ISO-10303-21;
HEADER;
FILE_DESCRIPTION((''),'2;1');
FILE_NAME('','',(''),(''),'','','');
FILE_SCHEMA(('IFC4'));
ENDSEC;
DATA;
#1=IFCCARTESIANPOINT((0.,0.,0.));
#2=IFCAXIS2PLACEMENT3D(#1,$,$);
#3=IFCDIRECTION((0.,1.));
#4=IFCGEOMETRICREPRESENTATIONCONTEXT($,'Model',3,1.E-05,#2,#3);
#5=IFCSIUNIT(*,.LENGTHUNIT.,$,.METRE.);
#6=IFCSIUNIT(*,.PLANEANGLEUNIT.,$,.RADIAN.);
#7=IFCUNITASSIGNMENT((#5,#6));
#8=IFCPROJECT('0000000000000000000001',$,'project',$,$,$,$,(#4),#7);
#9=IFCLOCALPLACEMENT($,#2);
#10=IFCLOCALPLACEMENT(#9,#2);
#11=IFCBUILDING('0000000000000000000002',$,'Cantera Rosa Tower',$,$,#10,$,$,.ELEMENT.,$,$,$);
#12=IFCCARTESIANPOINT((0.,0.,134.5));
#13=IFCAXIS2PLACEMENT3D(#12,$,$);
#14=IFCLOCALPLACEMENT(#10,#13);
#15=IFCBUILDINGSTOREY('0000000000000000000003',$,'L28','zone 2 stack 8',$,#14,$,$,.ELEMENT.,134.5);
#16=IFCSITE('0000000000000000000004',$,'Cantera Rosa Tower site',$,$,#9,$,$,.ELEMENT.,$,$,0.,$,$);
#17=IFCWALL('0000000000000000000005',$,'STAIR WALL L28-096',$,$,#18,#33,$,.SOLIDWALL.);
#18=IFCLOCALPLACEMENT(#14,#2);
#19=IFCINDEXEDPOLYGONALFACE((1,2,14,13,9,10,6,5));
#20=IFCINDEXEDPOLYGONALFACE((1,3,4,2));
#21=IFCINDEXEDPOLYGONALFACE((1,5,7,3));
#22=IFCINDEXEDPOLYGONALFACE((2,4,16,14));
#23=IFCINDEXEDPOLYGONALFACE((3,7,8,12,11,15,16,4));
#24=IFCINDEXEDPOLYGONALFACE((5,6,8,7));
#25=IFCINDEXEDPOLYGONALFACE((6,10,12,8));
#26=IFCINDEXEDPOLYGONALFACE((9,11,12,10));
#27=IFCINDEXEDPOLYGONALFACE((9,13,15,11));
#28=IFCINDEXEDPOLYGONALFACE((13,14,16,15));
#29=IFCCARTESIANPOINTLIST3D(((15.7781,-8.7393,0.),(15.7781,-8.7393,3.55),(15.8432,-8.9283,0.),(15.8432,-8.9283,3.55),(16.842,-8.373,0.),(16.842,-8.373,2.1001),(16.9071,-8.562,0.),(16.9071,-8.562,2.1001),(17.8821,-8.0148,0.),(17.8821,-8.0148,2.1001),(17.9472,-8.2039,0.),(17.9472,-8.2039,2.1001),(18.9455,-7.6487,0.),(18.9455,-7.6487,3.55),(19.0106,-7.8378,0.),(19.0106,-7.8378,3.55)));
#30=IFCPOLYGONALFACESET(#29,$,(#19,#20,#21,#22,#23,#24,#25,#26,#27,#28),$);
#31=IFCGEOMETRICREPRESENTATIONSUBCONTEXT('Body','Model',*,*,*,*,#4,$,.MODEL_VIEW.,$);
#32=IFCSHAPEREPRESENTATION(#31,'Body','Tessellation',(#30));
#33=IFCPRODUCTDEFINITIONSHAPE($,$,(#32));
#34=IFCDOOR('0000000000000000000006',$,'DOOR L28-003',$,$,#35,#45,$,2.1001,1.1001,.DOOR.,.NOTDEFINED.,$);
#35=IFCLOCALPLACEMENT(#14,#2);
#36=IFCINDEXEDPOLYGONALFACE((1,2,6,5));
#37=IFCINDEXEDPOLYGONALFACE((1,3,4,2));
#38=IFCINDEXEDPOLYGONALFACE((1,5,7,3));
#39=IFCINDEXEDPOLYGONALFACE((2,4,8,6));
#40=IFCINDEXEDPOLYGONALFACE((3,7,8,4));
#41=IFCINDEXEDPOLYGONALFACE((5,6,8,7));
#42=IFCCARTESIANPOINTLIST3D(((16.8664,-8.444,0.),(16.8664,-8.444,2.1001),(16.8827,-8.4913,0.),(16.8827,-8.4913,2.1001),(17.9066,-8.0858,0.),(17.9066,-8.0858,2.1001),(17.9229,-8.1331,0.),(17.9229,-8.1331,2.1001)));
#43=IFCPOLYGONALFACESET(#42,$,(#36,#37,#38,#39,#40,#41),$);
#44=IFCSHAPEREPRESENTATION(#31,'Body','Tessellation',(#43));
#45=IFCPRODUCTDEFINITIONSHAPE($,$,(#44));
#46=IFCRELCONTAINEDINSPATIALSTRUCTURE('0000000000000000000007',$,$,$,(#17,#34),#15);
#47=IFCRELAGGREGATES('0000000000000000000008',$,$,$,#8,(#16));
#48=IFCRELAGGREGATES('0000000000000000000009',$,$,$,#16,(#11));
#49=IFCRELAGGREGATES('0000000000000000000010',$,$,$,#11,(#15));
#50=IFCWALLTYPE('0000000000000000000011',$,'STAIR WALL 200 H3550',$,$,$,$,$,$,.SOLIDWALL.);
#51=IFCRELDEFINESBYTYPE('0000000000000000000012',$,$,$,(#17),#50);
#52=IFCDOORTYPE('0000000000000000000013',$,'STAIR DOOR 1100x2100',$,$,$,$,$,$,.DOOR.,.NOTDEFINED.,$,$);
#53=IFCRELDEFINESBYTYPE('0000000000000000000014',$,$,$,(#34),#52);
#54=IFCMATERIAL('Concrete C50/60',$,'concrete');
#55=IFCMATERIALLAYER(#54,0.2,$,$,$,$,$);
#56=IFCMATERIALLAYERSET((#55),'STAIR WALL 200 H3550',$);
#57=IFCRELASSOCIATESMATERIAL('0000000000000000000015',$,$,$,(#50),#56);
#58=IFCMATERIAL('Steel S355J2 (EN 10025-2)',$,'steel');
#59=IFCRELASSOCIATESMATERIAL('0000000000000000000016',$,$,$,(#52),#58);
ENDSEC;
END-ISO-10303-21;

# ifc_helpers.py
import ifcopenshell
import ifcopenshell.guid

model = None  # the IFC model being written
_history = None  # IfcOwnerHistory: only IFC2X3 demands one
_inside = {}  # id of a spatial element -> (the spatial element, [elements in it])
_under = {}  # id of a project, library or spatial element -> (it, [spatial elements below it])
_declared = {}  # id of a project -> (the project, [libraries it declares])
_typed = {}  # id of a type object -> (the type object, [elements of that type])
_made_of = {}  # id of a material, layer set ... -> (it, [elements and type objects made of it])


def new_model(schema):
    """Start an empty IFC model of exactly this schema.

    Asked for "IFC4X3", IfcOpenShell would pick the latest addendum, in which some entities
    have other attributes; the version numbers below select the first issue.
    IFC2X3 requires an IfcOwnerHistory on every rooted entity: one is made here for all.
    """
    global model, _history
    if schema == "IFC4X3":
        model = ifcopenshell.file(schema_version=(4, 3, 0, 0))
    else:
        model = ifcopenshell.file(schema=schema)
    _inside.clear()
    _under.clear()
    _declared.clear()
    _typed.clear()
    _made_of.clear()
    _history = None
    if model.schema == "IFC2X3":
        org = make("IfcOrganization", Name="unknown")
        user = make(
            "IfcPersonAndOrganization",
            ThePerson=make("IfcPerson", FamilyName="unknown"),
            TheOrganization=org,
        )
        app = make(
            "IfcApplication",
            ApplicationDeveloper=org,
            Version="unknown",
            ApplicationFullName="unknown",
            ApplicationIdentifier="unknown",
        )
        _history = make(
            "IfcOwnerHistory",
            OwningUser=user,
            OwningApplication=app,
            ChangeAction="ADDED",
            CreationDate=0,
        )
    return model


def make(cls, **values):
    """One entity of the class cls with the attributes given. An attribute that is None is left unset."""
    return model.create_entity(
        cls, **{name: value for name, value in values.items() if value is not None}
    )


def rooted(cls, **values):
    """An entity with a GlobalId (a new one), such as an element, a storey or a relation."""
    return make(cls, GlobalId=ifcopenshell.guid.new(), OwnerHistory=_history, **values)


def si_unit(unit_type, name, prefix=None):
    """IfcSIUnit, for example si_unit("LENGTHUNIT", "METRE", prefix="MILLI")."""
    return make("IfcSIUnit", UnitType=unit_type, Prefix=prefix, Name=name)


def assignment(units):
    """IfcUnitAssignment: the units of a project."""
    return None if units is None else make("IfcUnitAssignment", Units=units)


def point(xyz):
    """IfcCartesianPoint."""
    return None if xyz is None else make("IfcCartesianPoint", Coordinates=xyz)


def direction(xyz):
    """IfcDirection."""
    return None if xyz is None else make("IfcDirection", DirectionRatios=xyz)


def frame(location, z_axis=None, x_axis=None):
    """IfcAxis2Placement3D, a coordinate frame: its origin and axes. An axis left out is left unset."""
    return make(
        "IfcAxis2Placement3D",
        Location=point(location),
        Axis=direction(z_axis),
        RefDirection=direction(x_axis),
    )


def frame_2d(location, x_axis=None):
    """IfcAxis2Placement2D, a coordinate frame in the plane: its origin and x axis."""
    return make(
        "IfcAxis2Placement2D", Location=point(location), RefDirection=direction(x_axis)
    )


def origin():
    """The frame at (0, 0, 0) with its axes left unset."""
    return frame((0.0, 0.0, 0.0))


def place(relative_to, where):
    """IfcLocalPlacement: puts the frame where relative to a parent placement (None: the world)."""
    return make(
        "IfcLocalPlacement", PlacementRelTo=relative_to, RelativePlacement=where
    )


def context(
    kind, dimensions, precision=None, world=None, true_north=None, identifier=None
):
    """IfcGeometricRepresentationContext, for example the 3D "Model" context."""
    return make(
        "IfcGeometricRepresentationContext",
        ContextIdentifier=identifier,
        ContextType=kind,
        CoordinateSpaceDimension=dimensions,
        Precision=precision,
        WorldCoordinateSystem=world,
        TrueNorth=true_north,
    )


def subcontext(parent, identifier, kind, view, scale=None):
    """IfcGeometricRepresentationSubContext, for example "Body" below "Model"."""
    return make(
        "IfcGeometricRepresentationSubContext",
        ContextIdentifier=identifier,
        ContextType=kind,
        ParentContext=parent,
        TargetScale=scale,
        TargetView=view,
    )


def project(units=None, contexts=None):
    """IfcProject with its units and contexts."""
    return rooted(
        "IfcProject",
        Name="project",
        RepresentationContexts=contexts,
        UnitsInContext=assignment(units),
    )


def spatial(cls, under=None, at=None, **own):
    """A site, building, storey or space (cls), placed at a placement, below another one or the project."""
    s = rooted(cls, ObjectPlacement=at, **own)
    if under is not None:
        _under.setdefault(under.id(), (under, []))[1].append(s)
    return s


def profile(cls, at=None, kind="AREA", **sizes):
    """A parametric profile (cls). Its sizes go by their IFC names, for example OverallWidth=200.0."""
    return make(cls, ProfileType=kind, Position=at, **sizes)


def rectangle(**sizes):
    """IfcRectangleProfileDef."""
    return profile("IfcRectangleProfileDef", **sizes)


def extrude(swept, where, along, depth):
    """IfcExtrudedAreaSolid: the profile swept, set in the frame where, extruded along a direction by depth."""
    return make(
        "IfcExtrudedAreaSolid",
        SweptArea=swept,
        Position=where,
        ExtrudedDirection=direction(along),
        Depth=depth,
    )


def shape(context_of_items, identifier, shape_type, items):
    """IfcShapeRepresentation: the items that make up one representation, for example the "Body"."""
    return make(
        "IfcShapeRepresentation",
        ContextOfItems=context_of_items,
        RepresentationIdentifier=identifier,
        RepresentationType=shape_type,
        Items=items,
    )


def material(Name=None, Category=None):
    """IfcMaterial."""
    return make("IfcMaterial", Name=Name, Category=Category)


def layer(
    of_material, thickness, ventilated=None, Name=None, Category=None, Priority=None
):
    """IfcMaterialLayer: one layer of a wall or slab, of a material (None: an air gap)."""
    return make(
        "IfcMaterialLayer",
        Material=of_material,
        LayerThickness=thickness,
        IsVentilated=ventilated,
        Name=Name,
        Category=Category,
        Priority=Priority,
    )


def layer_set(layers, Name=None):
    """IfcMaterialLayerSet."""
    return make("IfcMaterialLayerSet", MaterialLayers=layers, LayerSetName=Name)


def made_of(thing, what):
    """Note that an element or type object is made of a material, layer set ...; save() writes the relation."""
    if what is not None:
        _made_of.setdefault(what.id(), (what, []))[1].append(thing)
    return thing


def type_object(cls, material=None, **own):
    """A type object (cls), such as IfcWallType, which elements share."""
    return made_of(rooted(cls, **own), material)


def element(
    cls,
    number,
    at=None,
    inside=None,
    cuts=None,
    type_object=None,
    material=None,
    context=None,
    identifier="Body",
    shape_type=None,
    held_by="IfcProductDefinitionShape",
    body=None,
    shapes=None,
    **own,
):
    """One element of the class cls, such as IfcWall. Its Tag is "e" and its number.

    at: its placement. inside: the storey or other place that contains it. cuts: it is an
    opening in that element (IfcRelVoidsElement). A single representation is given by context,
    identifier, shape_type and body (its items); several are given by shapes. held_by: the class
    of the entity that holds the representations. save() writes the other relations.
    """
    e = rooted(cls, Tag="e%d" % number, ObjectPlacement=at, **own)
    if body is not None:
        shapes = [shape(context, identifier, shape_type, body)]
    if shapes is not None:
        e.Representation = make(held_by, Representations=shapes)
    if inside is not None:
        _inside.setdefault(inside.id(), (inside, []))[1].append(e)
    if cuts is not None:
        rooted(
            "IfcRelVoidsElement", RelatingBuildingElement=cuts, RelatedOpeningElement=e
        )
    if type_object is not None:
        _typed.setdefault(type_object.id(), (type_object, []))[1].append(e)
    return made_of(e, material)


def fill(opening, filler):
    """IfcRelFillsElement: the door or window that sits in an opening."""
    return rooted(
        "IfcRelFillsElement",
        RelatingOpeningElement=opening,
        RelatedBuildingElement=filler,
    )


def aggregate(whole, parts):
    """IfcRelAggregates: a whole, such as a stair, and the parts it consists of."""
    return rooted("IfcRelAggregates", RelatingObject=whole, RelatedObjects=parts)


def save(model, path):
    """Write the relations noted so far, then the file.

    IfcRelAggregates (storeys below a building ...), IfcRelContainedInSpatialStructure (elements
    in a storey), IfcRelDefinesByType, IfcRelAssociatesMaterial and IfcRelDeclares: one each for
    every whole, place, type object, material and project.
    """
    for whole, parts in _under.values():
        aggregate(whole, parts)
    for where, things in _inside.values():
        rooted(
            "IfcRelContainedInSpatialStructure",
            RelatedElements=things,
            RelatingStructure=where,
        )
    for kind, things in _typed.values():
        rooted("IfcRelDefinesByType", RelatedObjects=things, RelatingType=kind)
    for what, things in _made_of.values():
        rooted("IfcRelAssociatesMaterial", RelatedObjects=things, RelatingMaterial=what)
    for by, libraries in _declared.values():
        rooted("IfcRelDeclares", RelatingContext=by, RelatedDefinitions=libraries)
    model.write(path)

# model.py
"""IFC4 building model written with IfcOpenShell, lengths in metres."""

from ifc_helpers import new_model, si_unit, direction, frame, frame_2d, origin, place, context, subcontext, project, spatial, rectangle, extrude, material, layer, layer_set, type_object, element, fill, save


model = new_model("IFC4")

# Units and contexts
model_context = context("Model", 3, precision=1e-05, world=origin(), true_north=direction((0.0, 1.0)))
body_context = subcontext(model_context, "Body", "Model", "MODEL_VIEW")
ifc_project = project(units=[si_unit("LENGTHUNIT", "METRE"), si_unit("PLANEANGLEUNIT", "RADIAN")], contexts=[model_context])

# Site, building, storey
site_placement = place(None, origin())
site = spatial("IfcSite", under=ifc_project, at=site_placement, Name="Cantera Rosa Tower site", CompositionType="ELEMENT", RefElevation=0.0)
building_placement = place(site_placement, origin())
building = spatial("IfcBuilding", under=site, at=building_placement, Name="Cantera Rosa Tower", CompositionType="ELEMENT")
storey_placement = place(building_placement, frame((0.0, 0.0, 134.5)))
storey = spatial("IfcBuildingStorey", under=building, at=storey_placement, Name="L28", Description="zone 2 stack 8", CompositionType="ELEMENT", Elevation=134.5)

# Wall, opening, door
ifc_material_1 = material(Name="Concrete C50/60", Category="concrete")
ifc_layer_1 = layer(ifc_material_1, 0.2)
ifc_layer_set_1 = layer_set([ifc_layer_1], Name="STAIR WALL 200 H3550")
wall_type_1 = type_object("IfcWallType", Name="STAIR WALL 200 H3550", PredefinedType="SOLIDWALL", material=ifc_layer_set_1)
wall_1_placement = place(storey_placement, frame((15.8108, -8.8337, 0.0), z_axis=(0.0, 0.0, 1.0), x_axis=(0.945525, 0.325548, 0.0)))
wall_1 = element("IfcWall", 1, at=wall_1_placement, inside=storey, type_object=wall_type_1, Name="STAIR WALL L28-096", PredefinedType="SOLIDWALL", context=body_context, shape_type="SweptSolid", body=[
    extrude(rectangle(XDim=3.3499, YDim=0.2, at=frame_2d((1.6748, 0.0))), origin(), (0.0, 0.0, 1.0), 3.55),
])
opening_1_placement = place(wall_1_placement, frame((1.125, 0.0, 0.0)))
opening_1 = element("IfcOpeningElement", 2, at=opening_1_placement, cuts=wall_1, PredefinedType="OPENING", context=body_context, shape_type="SweptSolid", body=[
    extrude(rectangle(XDim=1.1001, YDim=2.1001, at=frame_2d((0.55, 1.05))), frame((0.0, 0.1099, 0.0), z_axis=(0.0, -1.0, 0.0), x_axis=(1.0, 0.0, 0.0)), (0.0, 0.0, 1.0), 0.22),
])
ifc_material_2 = material(Name="Steel S355J2 (EN 10025-2)", Category="steel")
door_type_1 = type_object("IfcDoorType", Name="STAIR DOOR 1100x2100", OperationType="NOTDEFINED", PredefinedType="DOOR", material=ifc_material_2)
door_1_placement = place(opening_1_placement, origin())
door_1 = element("IfcDoor", 3, at=door_1_placement, inside=storey, type_object=door_type_1, Name="DOOR L28-003", OperationType="NOTDEFINED", OverallHeight=2.1001, OverallWidth=1.1001, PredefinedType="DOOR", context=body_context, shape_type="SweptSolid", body=[
    extrude(rectangle(XDim=1.1001, YDim=2.1001, at=frame_2d((0.55, 1.05))), frame((0.0, 0.0249, 0.0), z_axis=(0.0, -1.0, 0.0), x_axis=(1.0, 0.0, 0.0)), (0.0, 0.0, 1.0), 0.05),
])
fill(opening_1, door_1)

save(model, "model.ifc")
